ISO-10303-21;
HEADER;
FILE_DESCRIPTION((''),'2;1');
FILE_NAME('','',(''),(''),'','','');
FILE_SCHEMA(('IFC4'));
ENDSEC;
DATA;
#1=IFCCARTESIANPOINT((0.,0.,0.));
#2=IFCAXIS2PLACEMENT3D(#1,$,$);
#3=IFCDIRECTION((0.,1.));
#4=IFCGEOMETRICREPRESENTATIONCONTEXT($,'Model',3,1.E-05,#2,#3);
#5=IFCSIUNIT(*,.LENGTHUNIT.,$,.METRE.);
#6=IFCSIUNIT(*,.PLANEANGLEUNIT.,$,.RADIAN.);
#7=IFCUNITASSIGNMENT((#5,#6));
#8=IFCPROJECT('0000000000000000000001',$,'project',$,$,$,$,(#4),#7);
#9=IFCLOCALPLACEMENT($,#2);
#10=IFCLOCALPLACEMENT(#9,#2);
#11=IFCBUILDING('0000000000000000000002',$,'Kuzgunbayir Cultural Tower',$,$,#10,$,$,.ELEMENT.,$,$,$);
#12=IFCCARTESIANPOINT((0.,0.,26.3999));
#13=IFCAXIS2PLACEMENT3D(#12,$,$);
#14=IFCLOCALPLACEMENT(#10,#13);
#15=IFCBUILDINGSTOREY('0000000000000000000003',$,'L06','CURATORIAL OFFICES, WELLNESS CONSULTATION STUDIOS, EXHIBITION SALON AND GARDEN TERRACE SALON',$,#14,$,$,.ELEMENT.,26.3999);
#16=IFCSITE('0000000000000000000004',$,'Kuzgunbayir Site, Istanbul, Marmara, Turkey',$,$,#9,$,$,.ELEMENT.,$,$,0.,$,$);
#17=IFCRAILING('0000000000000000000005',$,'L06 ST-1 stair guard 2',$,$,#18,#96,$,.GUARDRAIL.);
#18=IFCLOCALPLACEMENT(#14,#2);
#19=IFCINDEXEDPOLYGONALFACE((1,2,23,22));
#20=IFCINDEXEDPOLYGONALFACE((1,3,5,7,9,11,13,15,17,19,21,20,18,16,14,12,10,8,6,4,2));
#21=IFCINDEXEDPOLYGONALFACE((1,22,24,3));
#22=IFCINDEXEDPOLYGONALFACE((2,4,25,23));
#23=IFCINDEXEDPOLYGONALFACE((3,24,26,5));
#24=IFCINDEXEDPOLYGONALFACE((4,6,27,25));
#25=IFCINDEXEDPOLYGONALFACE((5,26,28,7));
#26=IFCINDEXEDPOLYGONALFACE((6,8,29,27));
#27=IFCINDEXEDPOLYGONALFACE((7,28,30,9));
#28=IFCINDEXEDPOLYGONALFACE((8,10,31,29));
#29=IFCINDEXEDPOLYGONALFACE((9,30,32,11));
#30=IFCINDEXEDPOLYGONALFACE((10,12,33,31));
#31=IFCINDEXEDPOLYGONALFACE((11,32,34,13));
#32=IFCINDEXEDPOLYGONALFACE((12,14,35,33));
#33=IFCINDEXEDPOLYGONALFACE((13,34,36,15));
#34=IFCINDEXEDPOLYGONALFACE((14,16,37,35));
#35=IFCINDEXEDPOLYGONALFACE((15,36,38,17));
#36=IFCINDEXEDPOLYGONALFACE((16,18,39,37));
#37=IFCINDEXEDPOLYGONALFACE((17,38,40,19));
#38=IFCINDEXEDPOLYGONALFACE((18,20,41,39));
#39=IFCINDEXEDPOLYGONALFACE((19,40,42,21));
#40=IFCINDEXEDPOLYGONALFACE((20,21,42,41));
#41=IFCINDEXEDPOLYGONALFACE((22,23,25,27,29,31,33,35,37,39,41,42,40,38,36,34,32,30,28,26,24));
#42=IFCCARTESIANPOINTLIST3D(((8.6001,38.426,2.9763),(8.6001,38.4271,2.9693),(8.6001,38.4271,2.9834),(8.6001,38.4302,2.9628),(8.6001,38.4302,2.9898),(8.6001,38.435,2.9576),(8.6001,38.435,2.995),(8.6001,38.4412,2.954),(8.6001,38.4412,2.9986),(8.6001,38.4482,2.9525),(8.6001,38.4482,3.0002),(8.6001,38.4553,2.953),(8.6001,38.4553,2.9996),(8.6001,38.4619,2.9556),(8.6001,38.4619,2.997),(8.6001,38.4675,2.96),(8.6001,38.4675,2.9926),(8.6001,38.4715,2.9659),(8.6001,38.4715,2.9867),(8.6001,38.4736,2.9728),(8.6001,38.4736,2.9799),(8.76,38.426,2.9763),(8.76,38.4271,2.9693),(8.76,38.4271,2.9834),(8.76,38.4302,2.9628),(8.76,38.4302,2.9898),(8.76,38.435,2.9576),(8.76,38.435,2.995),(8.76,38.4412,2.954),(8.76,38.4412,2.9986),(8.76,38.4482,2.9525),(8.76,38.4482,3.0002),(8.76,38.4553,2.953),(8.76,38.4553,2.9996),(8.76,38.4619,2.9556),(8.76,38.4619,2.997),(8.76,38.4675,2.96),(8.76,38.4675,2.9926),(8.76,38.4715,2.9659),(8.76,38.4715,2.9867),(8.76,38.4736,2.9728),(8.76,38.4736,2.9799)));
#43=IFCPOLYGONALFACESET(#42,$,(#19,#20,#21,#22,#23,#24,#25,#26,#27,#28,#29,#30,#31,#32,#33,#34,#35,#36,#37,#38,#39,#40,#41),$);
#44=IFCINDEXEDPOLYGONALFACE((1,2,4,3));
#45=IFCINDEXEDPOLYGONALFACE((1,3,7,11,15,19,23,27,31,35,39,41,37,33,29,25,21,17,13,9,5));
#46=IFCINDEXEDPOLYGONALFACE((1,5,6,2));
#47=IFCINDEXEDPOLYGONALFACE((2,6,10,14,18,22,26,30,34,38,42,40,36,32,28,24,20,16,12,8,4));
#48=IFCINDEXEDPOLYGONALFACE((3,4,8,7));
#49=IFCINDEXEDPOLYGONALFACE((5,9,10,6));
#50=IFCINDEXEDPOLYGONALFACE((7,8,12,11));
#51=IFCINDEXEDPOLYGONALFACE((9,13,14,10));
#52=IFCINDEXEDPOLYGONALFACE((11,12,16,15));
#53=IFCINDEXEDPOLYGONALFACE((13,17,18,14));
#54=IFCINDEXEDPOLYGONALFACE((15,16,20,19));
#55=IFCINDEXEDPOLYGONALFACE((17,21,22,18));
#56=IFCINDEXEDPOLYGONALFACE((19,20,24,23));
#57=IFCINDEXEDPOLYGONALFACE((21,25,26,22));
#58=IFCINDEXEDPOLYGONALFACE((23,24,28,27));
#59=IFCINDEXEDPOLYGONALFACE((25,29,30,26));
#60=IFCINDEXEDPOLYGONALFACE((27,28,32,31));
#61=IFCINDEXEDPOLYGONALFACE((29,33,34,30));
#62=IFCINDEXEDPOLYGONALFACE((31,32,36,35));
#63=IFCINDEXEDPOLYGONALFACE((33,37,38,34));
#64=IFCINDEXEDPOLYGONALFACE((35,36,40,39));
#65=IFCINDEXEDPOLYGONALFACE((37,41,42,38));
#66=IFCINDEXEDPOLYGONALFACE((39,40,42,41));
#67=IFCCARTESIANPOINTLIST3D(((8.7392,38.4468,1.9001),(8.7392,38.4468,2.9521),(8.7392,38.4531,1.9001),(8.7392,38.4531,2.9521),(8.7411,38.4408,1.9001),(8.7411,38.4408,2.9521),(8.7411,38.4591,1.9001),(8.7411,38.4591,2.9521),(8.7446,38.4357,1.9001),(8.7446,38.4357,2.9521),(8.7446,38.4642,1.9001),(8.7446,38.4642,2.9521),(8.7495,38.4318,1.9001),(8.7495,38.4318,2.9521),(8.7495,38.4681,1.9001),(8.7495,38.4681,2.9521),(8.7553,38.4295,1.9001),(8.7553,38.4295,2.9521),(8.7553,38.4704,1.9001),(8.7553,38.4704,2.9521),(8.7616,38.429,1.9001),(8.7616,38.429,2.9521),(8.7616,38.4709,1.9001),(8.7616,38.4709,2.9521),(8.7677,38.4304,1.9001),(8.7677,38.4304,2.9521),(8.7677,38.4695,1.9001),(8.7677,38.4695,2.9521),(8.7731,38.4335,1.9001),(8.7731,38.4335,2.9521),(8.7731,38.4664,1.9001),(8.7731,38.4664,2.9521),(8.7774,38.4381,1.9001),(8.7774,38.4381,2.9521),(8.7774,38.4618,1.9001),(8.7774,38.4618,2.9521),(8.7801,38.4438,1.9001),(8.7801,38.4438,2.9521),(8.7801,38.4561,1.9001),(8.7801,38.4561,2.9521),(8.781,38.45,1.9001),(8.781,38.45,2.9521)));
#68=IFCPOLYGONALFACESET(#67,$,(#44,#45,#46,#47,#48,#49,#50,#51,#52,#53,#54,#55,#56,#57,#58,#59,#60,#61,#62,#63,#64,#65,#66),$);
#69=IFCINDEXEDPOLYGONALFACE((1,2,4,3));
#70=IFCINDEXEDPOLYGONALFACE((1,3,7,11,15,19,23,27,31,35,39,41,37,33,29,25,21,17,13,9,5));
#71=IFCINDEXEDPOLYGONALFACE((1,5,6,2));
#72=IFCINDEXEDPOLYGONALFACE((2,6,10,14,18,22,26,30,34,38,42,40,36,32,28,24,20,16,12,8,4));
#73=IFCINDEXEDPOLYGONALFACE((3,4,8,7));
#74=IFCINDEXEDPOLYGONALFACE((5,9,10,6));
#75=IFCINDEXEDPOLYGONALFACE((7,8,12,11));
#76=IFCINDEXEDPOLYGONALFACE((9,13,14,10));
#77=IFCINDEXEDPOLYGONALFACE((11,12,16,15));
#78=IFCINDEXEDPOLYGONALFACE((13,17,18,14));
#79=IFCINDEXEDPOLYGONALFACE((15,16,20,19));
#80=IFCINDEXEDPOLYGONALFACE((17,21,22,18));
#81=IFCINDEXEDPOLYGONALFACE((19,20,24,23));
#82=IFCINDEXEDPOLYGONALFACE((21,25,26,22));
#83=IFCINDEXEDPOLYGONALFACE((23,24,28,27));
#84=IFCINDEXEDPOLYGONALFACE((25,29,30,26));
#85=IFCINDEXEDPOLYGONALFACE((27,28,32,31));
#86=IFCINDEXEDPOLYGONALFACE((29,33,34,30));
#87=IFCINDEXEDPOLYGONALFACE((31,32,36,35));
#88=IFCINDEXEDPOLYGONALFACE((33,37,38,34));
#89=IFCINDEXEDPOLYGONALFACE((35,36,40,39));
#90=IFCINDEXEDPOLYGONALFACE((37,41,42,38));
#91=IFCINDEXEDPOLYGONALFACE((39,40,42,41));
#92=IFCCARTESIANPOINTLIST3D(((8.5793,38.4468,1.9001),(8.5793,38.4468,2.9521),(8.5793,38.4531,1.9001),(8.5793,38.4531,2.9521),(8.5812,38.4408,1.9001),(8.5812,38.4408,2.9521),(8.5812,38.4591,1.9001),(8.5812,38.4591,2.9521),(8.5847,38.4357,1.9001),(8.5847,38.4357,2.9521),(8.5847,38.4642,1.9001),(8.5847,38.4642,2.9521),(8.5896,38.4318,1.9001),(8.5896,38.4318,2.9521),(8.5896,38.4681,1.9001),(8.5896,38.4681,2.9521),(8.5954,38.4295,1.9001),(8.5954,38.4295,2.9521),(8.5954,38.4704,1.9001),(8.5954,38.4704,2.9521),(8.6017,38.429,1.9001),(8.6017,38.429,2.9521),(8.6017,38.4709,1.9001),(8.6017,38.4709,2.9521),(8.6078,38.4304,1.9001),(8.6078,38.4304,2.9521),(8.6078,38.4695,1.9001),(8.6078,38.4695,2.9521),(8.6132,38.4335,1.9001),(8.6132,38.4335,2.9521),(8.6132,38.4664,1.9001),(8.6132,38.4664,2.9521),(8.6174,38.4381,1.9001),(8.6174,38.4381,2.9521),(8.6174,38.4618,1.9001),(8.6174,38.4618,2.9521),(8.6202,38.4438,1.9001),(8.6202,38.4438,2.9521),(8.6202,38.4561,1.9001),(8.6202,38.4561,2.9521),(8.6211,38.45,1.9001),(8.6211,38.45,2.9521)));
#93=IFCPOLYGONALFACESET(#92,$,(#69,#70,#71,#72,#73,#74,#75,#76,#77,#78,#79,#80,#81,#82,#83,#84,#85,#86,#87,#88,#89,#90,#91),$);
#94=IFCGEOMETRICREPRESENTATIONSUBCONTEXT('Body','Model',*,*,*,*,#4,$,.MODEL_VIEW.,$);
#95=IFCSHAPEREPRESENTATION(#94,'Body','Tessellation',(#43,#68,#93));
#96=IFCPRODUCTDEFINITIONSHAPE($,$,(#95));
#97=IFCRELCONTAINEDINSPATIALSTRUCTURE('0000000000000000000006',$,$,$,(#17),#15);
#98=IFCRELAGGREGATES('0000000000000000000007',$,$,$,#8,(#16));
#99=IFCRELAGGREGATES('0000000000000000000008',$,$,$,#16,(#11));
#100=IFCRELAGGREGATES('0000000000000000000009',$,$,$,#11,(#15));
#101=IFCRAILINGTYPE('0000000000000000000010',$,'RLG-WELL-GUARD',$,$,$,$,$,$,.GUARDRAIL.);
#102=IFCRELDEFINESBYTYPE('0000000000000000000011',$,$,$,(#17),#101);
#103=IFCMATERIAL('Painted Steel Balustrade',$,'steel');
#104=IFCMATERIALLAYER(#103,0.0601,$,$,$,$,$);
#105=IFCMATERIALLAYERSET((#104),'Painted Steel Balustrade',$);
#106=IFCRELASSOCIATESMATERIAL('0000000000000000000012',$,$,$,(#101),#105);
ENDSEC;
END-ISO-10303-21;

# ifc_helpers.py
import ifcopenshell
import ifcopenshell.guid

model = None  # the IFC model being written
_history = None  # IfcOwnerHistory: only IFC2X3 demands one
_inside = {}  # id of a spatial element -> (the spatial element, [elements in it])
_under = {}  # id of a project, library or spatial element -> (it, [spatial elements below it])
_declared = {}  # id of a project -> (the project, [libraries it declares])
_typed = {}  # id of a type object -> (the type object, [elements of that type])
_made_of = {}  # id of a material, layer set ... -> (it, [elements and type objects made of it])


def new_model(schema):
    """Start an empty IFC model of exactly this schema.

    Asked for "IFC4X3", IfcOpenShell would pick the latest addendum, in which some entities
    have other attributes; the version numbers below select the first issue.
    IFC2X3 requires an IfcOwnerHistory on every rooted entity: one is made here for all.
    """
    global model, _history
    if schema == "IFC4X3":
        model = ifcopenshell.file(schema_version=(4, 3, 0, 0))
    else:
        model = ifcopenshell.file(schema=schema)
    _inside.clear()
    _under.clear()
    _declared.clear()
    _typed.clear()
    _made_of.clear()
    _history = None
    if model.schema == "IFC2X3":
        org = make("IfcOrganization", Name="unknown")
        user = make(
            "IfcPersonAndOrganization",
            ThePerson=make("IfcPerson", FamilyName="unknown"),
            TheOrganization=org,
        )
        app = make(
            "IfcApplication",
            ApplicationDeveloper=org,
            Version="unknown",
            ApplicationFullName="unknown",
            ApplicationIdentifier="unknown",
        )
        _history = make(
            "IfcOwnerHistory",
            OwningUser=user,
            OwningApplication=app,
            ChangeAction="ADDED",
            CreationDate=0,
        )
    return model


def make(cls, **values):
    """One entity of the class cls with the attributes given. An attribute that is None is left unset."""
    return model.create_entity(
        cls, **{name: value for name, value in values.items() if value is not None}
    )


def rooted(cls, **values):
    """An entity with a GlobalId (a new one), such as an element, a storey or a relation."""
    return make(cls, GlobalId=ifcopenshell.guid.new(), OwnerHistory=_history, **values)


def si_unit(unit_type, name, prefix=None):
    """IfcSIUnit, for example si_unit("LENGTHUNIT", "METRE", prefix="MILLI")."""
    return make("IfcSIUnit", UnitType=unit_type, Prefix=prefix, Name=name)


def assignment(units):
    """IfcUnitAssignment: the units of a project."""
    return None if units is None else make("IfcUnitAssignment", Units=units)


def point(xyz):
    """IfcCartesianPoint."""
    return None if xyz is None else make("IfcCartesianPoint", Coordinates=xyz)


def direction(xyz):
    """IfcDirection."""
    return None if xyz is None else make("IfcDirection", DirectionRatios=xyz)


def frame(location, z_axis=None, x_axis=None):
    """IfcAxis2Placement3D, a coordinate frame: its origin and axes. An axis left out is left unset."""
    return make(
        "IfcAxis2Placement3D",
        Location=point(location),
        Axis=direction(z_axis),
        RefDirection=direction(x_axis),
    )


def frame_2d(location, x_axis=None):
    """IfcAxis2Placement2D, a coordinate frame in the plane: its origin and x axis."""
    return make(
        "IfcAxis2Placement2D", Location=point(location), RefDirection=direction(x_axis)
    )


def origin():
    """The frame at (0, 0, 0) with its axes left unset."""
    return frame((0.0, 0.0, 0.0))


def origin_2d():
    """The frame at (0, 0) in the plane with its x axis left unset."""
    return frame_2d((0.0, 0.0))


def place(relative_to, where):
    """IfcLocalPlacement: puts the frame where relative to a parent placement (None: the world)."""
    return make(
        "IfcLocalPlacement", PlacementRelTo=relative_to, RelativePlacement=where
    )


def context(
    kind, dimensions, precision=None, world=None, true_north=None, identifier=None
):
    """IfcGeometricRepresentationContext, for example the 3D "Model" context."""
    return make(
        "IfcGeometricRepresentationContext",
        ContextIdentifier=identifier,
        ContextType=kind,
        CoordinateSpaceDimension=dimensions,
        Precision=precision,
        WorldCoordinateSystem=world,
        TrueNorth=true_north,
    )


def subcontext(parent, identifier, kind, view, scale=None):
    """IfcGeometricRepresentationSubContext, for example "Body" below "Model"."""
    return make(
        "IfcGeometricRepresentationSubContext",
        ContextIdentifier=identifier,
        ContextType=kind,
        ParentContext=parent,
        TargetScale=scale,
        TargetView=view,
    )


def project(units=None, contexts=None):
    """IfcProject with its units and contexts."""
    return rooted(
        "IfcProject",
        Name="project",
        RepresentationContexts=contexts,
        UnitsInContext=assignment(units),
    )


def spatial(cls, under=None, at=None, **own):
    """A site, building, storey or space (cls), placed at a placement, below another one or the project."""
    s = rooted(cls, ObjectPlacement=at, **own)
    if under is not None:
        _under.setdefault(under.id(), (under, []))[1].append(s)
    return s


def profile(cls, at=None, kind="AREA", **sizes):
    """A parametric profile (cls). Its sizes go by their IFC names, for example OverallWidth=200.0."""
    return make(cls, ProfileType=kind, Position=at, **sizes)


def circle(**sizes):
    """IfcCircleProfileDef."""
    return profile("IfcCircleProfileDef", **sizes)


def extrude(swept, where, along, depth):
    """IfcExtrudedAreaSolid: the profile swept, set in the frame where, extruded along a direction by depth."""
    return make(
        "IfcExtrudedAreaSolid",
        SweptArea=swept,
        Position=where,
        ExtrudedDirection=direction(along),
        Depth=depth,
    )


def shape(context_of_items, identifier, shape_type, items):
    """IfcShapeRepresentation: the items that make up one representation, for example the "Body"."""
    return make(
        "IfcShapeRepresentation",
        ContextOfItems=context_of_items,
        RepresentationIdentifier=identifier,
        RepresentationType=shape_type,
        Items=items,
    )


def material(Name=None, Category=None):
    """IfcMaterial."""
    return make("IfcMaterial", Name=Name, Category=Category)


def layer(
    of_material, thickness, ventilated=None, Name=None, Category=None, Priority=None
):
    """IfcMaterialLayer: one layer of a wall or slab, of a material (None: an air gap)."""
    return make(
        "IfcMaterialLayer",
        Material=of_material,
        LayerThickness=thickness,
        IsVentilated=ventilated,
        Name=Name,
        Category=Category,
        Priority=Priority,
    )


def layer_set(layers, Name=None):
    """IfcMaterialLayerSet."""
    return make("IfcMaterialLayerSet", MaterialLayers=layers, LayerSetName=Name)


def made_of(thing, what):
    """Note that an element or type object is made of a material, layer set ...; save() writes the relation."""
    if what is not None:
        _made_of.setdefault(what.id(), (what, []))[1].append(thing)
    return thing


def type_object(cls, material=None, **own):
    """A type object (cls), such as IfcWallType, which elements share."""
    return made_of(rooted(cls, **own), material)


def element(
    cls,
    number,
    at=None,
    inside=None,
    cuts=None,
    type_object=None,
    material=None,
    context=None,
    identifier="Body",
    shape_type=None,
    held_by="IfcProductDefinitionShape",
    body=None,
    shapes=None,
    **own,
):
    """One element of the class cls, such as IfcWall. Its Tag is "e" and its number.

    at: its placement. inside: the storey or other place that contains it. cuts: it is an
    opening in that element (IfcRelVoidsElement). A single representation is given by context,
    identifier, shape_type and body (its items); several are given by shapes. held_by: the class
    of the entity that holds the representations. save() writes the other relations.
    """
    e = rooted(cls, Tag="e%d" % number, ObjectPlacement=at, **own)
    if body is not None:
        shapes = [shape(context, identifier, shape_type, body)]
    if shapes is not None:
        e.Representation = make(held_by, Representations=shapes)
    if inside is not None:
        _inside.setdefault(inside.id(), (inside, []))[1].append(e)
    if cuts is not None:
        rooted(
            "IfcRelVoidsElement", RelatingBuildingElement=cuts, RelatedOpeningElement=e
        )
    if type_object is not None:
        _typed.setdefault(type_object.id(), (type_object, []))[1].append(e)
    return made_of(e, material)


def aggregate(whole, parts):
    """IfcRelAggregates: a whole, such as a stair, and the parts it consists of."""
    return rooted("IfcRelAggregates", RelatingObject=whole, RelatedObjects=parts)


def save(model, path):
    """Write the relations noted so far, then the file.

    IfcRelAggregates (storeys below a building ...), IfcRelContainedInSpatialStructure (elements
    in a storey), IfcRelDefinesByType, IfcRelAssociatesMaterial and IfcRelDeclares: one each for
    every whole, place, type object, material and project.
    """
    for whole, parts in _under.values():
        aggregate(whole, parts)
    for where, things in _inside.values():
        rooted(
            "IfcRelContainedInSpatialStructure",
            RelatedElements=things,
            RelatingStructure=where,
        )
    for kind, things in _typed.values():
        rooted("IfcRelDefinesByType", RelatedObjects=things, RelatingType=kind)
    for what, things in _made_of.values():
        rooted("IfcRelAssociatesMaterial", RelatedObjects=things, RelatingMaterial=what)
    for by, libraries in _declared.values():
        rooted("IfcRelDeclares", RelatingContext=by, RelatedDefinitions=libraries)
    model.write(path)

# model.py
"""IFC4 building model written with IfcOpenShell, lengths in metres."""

from ifc_helpers import new_model, si_unit, direction, frame, origin, origin_2d, place, context, subcontext, project, spatial, circle, extrude, material, layer, layer_set, type_object, element, save


model = new_model("IFC4")

# Units and contexts
model_context = context("Model", 3, precision=1e-05, world=origin(), true_north=direction((0.0, 1.0)))
body_context = subcontext(model_context, "Body", "Model", "MODEL_VIEW")
ifc_project = project(units=[si_unit("LENGTHUNIT", "METRE"), si_unit("PLANEANGLEUNIT", "RADIAN")], contexts=[model_context])

# Site, building, storey
site_placement = place(None, origin())
site = spatial("IfcSite", under=ifc_project, at=site_placement, Name="Kuzgunbayir Site, Istanbul, Marmara, Turkey", CompositionType="ELEMENT", RefElevation=0.0)
building_placement = place(site_placement, origin())
building = spatial("IfcBuilding", under=site, at=building_placement, Name="Kuzgunbayir Cultural Tower", CompositionType="ELEMENT")
storey_placement = place(building_placement, frame((0.0, 0.0, 26.3999)))
storey = spatial("IfcBuildingStorey", under=building, at=storey_placement, Name="L06", Description="CURATORIAL OFFICES, WELLNESS CONSULTATION STUDIOS, EXHIBITION SALON AND GARDEN TERRACE SALON", CompositionType="ELEMENT", Elevation=26.3999)

# Railing
ifc_material_1 = material(Name="Painted Steel Balustrade", Category="steel")
ifc_layer_1 = layer(ifc_material_1, 0.0601)
ifc_layer_set_1 = layer_set([ifc_layer_1], Name="Painted Steel Balustrade")
railing_type_1 = type_object("IfcRailingType", Name="RLG-WELL-GUARD", PredefinedType="GUARDRAIL", material=ifc_layer_set_1)
railing_1_placement = place(storey_placement, frame((8.76, 38.45, 1.9001)))
element("IfcRailing", 1, at=railing_1_placement, inside=storey, type_object=railing_type_1, Name="L06 ST-1 stair guard 2", PredefinedType="GUARDRAIL", context=body_context, shape_type="SweptSolid", body=[
    extrude(circle(Radius=0.0239, at=origin_2d()), frame((0.0, 0.0, 1.0762), z_axis=(-1.0, 0.0, 0.0), x_axis=(0.0, -1.0, 0.0)), (0.0, 0.0, 1.0), 0.1599),
    extrude(circle(Radius=0.021, at=origin_2d()), origin(), (0.0, 0.0, 1.0), 1.052),
    extrude(circle(Radius=0.021, at=origin_2d()), frame((-0.1599, 0.0, 0.0)), (0.0, 0.0, 1.0), 1.052),
])

save(model, "model.ifc")
